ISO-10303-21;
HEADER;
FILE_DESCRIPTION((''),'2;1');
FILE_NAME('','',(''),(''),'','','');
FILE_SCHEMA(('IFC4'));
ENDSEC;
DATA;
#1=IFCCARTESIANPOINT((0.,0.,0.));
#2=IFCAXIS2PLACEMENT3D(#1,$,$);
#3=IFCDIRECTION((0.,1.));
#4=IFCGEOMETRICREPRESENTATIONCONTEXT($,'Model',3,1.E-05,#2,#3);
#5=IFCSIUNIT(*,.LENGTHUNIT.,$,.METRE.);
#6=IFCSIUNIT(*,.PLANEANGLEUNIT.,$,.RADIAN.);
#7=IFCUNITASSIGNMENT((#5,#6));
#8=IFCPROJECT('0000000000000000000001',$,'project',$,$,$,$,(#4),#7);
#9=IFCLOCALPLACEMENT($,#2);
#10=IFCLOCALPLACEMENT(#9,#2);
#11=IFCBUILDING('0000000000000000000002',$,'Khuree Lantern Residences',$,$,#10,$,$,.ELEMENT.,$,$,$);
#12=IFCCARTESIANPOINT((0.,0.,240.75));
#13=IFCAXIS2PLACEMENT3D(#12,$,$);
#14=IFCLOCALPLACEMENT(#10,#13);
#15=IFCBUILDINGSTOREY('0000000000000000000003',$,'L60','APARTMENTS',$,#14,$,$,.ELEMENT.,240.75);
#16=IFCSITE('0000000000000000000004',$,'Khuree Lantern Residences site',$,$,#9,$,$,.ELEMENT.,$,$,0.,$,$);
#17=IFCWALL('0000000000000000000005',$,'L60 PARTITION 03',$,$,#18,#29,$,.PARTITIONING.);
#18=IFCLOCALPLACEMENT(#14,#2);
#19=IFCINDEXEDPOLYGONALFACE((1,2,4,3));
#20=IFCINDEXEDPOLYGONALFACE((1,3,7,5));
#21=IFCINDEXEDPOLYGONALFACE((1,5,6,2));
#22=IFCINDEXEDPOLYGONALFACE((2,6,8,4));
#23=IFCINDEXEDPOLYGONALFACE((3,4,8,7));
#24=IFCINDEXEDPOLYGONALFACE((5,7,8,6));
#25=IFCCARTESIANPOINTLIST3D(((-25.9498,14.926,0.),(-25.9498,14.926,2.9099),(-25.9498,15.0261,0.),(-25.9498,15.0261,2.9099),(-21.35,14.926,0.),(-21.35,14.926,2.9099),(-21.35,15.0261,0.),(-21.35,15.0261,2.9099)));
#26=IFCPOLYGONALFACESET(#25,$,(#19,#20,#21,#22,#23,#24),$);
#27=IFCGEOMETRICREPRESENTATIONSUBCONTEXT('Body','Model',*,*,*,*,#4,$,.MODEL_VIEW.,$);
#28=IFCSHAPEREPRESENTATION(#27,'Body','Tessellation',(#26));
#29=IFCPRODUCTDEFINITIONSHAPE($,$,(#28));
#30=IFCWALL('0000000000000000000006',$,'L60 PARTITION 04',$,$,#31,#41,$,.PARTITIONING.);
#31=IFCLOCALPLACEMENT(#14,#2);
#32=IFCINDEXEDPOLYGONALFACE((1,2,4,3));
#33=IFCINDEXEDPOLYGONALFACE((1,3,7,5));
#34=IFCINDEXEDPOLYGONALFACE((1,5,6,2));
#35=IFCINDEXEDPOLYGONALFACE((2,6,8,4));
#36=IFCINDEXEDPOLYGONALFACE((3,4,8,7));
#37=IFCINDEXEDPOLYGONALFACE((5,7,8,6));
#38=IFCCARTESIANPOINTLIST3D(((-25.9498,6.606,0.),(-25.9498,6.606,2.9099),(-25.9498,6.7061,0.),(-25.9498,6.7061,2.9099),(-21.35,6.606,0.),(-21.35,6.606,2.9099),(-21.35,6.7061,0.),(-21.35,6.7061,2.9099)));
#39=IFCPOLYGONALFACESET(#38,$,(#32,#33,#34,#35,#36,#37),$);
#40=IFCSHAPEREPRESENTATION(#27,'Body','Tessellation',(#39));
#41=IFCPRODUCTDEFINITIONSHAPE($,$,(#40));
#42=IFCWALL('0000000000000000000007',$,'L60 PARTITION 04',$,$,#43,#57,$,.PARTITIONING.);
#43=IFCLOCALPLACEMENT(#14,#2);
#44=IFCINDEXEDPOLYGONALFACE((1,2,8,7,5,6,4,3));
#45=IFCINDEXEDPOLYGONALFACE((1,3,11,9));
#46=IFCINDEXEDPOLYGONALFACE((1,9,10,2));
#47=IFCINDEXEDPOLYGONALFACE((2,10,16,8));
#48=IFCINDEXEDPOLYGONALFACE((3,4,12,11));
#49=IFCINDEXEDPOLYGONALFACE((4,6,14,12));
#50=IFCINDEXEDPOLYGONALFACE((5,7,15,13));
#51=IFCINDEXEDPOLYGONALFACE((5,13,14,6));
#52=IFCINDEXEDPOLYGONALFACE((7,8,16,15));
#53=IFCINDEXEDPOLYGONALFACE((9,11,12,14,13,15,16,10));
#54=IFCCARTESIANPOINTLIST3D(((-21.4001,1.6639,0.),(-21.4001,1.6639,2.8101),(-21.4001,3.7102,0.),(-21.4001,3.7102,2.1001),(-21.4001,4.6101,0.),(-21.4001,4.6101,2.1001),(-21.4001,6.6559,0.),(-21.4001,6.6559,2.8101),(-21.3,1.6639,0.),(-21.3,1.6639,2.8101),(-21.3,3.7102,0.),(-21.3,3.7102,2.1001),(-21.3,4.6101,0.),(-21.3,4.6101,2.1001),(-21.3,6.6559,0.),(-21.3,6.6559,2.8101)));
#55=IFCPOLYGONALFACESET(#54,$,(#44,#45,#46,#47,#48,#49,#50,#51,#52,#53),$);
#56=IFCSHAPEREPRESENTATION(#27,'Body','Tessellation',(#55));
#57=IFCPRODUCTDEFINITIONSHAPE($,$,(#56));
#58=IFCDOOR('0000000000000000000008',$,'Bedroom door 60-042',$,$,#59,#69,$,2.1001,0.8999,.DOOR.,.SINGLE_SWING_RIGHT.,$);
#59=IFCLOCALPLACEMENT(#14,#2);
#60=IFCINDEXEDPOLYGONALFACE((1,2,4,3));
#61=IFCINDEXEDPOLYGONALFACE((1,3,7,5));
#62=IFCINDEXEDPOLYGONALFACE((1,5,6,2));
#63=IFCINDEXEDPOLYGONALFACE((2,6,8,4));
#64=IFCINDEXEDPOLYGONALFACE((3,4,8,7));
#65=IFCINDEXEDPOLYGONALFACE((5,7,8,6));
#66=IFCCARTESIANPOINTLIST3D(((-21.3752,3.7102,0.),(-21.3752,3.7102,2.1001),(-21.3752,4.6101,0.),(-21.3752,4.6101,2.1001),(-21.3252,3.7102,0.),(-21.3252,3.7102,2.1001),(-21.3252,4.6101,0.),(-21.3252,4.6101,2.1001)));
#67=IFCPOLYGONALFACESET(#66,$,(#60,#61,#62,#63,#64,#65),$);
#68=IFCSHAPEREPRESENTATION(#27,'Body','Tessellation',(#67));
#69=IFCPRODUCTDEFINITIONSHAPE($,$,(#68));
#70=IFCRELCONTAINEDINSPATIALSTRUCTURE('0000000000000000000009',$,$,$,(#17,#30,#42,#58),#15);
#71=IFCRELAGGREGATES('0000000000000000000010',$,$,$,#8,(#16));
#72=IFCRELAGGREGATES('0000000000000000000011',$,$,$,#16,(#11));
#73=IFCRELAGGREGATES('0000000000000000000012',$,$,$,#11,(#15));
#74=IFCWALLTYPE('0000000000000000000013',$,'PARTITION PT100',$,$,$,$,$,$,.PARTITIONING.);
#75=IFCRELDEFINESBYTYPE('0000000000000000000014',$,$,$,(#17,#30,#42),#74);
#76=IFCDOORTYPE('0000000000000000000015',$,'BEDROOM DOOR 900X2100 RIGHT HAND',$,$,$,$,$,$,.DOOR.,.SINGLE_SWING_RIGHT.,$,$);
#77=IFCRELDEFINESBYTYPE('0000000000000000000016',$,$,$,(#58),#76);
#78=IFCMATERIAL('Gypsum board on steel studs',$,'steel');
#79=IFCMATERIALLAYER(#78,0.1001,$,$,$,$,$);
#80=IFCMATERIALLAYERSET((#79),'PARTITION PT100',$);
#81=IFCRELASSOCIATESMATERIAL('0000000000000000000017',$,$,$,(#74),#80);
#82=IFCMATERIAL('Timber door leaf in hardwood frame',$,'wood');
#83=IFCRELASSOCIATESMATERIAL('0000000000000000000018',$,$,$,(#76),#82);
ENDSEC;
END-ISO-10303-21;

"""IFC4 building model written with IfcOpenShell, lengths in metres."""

from ifc_helpers import new_model, si_unit, direction, frame, frame_2d, origin, place, context, subcontext, project, spatial, rectangle, extrude, material, layer, layer_set, type_object, element, fill, save


model = new_model("IFC4")

# Units and contexts
model_context = context("Model", 3, precision=1e-05, world=origin(), true_north=direction((0.0, 1.0)))
body_context = subcontext(model_context, "Body", "Model", "MODEL_VIEW")
ifc_project = project(units=[si_unit("LENGTHUNIT", "METRE"), si_unit("PLANEANGLEUNIT", "RADIAN")], contexts=[model_context])

# Site, building, storey
site_placement = place(None, origin())
site = spatial("IfcSite", under=ifc_project, at=site_placement, Name="Khuree Lantern Residences site", CompositionType="ELEMENT", RefElevation=0.0)
building_placement = place(site_placement, origin())
building = spatial("IfcBuilding", under=site, at=building_placement, Name="Khuree Lantern Residences", CompositionType="ELEMENT")
storey_placement = place(building_placement, frame((0.0, 0.0, 240.75)))
storey = spatial("IfcBuildingStorey", under=building, at=storey_placement, Name="L60", Description="APARTMENTS", CompositionType="ELEMENT", Elevation=240.75)

# Shared definitions
ifc_material_1 = material(Name="Timber door leaf in hardwood frame", Category="wood")

# Walls
ifc_material_2 = material(Name="Gypsum board on steel studs", Category="steel")
ifc_layer_1 = layer(ifc_material_2, 0.1001)
ifc_layer_set_1 = layer_set([ifc_layer_1], Name="PARTITION PT100")
wall_type_1 = type_object("IfcWallType", Name="PARTITION PT100", PredefinedType="PARTITIONING", material=ifc_layer_set_1)
for number, where, z_axis, x_axis, name in (
    (1, (-21.3501, 14.9761, 0.0), (0.0, 0.0, 1.0), (-1.0, 0.0, 0.0), "L60 PARTITION 03"),
    (2, (-21.3501, 6.656, 0.0), (0.0, 0.0, 1.0), (-1.0, 0.0, 0.0), "L60 PARTITION 04"),
):
    element("IfcWall", number, at=place(storey_placement, frame(where, z_axis=z_axis, x_axis=x_axis)), inside=storey, type_object=wall_type_1, Name=name, PredefinedType="PARTITIONING", context=body_context, shape_type="SweptSolid", body=[
        extrude(rectangle(XDim=4.5999, YDim=0.1001, at=frame_2d((2.2998, 0.0))), origin(), (0.0, 0.0, 1.0), 2.9099),
    ])

# Wall, opening, door
wall_1_placement = place(storey_placement, frame((-21.3501, 6.656, 0.0), z_axis=(0.0, 0.0, 1.0), x_axis=(0.0, -1.0, 0.0)))
wall_1 = element("IfcWall", 3, at=wall_1_placement, inside=storey, type_object=wall_type_1, Name="L60 PARTITION 04", PredefinedType="PARTITIONING", context=body_context, shape_type="SweptSolid", body=[
    extrude(rectangle(XDim=4.9919, YDim=0.1001, at=frame_2d((2.4961, 0.0))), origin(), (0.0, 0.0, 1.0), 2.8101),
])
opening_1_placement = place(wall_1_placement, frame((2.0459, 0.0, 0.0)))
opening_1 = element("IfcOpeningElement", 4, at=opening_1_placement, cuts=wall_1, PredefinedType="OPENING", context=body_context, shape_type="SweptSolid", body=[
    extrude(rectangle(XDim=0.8999, YDim=2.1001, at=frame_2d((0.45, 1.05))), frame((0.0, 0.0601, 0.0), z_axis=(0.0, -1.0, 0.0), x_axis=(1.0, 0.0, 0.0)), (0.0, 0.0, 1.0), 0.1201),
])
door_type_1 = type_object("IfcDoorType", Name="BEDROOM DOOR 900X2100 RIGHT HAND", OperationType="SINGLE_SWING_RIGHT", PredefinedType="DOOR", material=ifc_material_1)
door_1_placement = place(opening_1_placement, origin())
door_1 = element("IfcDoor", 5, at=door_1_placement, inside=storey, type_object=door_type_1, Name="Bedroom door 60-042", OperationType="SINGLE_SWING_RIGHT", OverallHeight=2.1001, OverallWidth=0.8999, PredefinedType="DOOR", context=body_context, shape_type="SweptSolid", body=[
    extrude(rectangle(XDim=0.8999, YDim=2.1001, at=frame_2d((0.45, 1.05))), frame((0.0, 0.0249, 0.0), z_axis=(0.0, -1.0, 0.0), x_axis=(1.0, 0.0, 0.0)), (0.0, 0.0, 1.0), 0.05),
])
fill(opening_1, door_1)

save(model, "model.ifc")
